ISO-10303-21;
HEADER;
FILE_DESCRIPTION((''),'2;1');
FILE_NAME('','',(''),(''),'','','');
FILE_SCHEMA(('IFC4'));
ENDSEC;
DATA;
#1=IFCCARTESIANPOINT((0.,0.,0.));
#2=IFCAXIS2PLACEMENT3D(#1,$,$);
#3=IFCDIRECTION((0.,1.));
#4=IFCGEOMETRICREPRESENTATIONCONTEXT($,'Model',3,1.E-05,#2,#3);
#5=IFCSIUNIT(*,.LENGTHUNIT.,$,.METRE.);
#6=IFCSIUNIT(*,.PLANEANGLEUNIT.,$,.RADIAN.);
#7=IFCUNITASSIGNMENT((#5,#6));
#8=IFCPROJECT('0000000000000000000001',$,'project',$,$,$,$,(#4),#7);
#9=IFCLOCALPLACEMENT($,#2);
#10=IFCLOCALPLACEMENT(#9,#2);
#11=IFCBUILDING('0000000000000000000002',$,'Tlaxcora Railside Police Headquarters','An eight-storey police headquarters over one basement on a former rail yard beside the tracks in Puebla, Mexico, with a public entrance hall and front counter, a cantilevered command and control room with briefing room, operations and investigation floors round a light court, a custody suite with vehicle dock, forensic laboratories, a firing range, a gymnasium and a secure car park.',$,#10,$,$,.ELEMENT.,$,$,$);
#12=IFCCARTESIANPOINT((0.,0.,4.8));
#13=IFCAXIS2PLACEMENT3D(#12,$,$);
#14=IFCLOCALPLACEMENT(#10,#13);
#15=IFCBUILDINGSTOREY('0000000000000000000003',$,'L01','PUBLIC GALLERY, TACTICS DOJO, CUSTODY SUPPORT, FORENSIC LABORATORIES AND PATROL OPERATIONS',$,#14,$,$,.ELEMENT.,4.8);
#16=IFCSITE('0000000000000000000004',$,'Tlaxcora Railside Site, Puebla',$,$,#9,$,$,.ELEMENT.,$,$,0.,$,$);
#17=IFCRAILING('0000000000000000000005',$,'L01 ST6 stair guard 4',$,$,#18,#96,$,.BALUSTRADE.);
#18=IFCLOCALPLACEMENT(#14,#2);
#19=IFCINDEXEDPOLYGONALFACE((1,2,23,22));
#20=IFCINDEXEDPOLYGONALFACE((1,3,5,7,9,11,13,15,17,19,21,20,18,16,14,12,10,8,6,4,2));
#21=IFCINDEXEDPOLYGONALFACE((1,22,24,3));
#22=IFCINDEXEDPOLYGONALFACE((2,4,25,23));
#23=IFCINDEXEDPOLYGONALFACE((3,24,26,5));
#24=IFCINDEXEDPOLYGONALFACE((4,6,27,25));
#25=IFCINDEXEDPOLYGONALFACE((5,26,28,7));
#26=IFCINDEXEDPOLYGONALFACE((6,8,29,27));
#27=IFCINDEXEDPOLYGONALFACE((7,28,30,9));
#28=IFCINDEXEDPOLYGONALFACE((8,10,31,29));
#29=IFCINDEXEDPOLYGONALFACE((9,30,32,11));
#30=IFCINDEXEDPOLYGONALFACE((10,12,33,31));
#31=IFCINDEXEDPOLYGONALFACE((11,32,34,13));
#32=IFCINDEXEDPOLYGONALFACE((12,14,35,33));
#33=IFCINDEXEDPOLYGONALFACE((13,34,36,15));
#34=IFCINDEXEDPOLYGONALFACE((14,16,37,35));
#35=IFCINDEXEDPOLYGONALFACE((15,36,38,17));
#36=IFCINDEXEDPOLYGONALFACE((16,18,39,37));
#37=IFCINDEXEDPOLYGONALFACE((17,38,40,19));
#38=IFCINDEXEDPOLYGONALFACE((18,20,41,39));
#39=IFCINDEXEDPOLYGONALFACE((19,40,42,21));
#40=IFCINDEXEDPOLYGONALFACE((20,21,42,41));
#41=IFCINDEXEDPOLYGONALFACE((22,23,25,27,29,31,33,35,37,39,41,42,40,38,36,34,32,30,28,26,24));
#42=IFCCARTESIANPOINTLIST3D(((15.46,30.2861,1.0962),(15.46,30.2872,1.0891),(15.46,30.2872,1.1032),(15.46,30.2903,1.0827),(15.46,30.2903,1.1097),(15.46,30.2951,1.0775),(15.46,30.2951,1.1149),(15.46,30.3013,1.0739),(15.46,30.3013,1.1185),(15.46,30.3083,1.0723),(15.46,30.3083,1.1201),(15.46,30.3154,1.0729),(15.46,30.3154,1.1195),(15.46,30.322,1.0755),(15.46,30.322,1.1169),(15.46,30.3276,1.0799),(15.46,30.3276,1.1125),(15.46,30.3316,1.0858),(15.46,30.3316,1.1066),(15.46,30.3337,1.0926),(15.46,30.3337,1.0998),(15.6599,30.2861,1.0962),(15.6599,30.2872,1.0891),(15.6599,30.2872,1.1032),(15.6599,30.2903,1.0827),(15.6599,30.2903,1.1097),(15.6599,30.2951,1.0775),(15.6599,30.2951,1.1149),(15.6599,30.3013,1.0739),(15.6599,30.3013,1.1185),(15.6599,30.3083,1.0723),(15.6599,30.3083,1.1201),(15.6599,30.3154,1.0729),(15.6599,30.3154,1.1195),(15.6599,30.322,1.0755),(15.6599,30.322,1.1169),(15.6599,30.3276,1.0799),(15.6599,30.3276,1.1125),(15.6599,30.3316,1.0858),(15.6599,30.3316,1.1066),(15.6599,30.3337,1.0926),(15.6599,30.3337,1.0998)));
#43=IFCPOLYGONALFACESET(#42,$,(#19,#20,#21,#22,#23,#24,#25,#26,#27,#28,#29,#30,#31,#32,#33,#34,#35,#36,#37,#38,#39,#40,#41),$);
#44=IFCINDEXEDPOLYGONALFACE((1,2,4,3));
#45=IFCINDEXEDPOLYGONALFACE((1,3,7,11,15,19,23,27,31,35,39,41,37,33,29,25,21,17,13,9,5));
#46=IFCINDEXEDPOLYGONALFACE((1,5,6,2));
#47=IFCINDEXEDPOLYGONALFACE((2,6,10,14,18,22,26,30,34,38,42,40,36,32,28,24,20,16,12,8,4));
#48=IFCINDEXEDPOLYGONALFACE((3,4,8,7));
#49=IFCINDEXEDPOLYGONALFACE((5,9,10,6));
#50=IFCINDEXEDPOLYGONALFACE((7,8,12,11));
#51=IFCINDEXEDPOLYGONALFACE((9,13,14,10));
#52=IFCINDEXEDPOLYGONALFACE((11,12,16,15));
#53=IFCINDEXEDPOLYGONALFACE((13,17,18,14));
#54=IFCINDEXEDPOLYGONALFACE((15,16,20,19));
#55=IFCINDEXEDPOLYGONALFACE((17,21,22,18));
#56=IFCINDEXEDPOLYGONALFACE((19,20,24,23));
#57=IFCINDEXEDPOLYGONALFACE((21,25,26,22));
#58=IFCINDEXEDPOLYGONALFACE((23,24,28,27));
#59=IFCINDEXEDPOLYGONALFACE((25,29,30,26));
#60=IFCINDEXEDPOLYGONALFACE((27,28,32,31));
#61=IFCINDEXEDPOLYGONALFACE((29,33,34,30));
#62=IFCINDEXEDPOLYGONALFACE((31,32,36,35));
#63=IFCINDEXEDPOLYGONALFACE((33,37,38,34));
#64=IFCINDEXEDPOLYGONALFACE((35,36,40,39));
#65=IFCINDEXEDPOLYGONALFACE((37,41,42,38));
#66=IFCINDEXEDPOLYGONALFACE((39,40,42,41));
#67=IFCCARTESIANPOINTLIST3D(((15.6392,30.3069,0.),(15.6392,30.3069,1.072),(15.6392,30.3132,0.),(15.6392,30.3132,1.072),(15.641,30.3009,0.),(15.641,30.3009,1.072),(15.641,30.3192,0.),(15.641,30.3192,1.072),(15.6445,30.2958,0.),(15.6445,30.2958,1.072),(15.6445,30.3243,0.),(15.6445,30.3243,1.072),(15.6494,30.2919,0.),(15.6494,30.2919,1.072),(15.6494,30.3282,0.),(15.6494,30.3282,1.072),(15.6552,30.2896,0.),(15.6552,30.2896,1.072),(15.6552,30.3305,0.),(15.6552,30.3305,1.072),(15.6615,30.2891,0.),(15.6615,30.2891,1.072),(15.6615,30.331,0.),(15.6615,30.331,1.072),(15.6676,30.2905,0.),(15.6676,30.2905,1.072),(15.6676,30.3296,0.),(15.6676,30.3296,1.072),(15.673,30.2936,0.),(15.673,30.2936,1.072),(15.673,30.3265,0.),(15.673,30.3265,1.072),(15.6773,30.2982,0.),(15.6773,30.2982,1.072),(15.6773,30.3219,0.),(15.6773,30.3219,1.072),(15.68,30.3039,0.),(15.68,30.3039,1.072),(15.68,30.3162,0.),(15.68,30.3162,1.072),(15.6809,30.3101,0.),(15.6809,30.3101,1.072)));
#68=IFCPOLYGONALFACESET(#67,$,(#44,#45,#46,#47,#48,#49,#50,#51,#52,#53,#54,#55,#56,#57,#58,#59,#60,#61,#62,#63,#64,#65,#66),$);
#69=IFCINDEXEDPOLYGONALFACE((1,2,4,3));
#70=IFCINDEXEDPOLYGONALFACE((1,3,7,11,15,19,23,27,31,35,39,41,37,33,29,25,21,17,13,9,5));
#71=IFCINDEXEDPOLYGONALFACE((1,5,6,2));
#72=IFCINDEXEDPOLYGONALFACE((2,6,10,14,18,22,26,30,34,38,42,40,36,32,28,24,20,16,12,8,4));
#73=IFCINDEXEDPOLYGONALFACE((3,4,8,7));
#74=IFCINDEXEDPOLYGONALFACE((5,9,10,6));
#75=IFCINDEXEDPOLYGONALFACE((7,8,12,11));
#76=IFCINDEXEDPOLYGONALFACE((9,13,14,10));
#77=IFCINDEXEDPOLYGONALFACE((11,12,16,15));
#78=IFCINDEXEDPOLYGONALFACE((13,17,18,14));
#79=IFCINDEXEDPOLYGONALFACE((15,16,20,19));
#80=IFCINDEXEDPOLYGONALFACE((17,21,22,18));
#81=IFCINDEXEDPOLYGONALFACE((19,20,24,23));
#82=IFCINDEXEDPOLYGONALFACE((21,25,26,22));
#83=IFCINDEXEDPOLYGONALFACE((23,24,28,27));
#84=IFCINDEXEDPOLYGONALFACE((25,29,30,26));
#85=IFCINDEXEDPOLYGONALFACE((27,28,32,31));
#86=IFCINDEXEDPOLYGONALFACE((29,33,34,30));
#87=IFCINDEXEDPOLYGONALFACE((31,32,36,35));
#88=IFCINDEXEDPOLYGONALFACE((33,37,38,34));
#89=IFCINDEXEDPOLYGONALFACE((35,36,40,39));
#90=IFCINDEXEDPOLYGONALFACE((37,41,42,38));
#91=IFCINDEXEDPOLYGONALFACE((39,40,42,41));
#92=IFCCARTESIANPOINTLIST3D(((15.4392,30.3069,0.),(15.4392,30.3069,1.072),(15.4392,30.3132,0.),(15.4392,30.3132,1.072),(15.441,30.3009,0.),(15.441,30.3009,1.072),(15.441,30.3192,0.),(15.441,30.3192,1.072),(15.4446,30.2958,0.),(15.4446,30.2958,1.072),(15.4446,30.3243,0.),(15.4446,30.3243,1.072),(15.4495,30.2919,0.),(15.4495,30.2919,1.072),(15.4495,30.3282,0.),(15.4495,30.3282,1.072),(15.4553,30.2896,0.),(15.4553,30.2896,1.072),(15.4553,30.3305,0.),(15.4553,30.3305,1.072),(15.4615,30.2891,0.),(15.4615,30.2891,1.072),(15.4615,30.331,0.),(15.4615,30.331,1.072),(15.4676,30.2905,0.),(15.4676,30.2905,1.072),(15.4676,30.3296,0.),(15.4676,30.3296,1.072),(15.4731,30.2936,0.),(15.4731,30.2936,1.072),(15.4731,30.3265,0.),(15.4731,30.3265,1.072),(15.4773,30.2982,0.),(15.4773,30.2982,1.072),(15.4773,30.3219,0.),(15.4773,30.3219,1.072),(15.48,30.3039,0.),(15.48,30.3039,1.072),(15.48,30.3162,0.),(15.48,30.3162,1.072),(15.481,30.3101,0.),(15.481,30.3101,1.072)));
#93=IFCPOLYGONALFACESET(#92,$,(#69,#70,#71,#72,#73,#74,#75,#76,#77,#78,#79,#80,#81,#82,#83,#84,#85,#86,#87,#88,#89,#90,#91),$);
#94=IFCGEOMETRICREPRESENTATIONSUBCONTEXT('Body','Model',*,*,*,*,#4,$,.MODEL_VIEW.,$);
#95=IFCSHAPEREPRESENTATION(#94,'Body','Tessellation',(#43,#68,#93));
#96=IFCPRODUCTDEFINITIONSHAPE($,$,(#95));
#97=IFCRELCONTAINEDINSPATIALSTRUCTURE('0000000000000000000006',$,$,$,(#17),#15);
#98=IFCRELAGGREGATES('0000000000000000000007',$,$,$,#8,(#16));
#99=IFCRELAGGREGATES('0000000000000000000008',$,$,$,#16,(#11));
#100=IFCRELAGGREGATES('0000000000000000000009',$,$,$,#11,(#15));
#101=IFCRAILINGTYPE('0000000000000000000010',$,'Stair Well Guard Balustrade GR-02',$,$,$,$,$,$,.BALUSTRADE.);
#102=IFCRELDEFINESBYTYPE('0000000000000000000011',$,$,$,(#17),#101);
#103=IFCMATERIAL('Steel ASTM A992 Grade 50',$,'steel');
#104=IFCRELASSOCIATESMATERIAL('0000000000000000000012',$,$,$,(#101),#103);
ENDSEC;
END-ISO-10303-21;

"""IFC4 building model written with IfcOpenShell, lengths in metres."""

from ifc_helpers import new_model, si_unit, direction, frame, origin, origin_2d, place, context, subcontext, project, spatial, circle, extrude, material, type_object, element, save


model = new_model("IFC4")

# Units and contexts
model_context = context("Model", 3, precision=1e-05, world=origin(), true_north=direction((0.0, 1.0)))
body_context = subcontext(model_context, "Body", "Model", "MODEL_VIEW")
ifc_project = project(units=[si_unit("LENGTHUNIT", "METRE"), si_unit("PLANEANGLEUNIT", "RADIAN")], contexts=[model_context])

# Site, building, storey
site_placement = place(None, origin())
site = spatial("IfcSite", under=ifc_project, at=site_placement, Name="Tlaxcora Railside Site, Puebla", CompositionType="ELEMENT", RefElevation=0.0)
building_placement = place(site_placement, origin())
building = spatial("IfcBuilding", under=site, at=building_placement, Name="Tlaxcora Railside Police Headquarters", Description="An eight-storey police headquarters over one basement on a former rail yard beside the tracks in Puebla, Mexico, with a public entrance hall and front counter, a cantilevered command and control room with briefing room, operations and investigation floors round a light court, a custody suite with vehicle dock, forensic laboratories, a firing range, a gymnasium and a secure car park.", CompositionType="ELEMENT")
storey_placement = place(building_placement, frame((0.0, 0.0, 4.8)))
storey = spatial("IfcBuildingStorey", under=building, at=storey_placement, Name="L01", Description="PUBLIC GALLERY, TACTICS DOJO, CUSTODY SUPPORT, FORENSIC LABORATORIES AND PATROL OPERATIONS", CompositionType="ELEMENT", Elevation=4.8)

# Shared definitions
ifc_material_1 = material(Name="Steel ASTM A992 Grade 50", Category="steel")

# Railing
railing_type = type_object("IfcRailingType", Name="Stair Well Guard Balustrade GR-02", PredefinedType="BALUSTRADE", material=ifc_material_1)
railing_1_placement = place(storey_placement, frame((15.6599, 30.3101, 0.0)))
element("IfcRailing", 1, at=railing_1_placement, inside=storey, type_object=railing_type, Name="L01 ST6 stair guard 4", PredefinedType="BALUSTRADE", context=body_context, shape_type="SweptSolid", body=[
    extrude(circle(Radius=0.0239, at=origin_2d()), frame((0.0, 0.0, 1.0962), z_axis=(-1.0, 0.0, 0.0), x_axis=(0.0, -1.0, 0.0)), (0.0, 0.0, 1.0), 0.2),
    extrude(circle(Radius=0.021, at=origin_2d()), origin(), (0.0, 0.0, 1.0), 1.072),
    extrude(circle(Radius=0.021, at=origin_2d()), frame((-0.2, 0.0, 0.0)), (0.0, 0.0, 1.0), 1.072),
])

save(model, "model.ifc")
